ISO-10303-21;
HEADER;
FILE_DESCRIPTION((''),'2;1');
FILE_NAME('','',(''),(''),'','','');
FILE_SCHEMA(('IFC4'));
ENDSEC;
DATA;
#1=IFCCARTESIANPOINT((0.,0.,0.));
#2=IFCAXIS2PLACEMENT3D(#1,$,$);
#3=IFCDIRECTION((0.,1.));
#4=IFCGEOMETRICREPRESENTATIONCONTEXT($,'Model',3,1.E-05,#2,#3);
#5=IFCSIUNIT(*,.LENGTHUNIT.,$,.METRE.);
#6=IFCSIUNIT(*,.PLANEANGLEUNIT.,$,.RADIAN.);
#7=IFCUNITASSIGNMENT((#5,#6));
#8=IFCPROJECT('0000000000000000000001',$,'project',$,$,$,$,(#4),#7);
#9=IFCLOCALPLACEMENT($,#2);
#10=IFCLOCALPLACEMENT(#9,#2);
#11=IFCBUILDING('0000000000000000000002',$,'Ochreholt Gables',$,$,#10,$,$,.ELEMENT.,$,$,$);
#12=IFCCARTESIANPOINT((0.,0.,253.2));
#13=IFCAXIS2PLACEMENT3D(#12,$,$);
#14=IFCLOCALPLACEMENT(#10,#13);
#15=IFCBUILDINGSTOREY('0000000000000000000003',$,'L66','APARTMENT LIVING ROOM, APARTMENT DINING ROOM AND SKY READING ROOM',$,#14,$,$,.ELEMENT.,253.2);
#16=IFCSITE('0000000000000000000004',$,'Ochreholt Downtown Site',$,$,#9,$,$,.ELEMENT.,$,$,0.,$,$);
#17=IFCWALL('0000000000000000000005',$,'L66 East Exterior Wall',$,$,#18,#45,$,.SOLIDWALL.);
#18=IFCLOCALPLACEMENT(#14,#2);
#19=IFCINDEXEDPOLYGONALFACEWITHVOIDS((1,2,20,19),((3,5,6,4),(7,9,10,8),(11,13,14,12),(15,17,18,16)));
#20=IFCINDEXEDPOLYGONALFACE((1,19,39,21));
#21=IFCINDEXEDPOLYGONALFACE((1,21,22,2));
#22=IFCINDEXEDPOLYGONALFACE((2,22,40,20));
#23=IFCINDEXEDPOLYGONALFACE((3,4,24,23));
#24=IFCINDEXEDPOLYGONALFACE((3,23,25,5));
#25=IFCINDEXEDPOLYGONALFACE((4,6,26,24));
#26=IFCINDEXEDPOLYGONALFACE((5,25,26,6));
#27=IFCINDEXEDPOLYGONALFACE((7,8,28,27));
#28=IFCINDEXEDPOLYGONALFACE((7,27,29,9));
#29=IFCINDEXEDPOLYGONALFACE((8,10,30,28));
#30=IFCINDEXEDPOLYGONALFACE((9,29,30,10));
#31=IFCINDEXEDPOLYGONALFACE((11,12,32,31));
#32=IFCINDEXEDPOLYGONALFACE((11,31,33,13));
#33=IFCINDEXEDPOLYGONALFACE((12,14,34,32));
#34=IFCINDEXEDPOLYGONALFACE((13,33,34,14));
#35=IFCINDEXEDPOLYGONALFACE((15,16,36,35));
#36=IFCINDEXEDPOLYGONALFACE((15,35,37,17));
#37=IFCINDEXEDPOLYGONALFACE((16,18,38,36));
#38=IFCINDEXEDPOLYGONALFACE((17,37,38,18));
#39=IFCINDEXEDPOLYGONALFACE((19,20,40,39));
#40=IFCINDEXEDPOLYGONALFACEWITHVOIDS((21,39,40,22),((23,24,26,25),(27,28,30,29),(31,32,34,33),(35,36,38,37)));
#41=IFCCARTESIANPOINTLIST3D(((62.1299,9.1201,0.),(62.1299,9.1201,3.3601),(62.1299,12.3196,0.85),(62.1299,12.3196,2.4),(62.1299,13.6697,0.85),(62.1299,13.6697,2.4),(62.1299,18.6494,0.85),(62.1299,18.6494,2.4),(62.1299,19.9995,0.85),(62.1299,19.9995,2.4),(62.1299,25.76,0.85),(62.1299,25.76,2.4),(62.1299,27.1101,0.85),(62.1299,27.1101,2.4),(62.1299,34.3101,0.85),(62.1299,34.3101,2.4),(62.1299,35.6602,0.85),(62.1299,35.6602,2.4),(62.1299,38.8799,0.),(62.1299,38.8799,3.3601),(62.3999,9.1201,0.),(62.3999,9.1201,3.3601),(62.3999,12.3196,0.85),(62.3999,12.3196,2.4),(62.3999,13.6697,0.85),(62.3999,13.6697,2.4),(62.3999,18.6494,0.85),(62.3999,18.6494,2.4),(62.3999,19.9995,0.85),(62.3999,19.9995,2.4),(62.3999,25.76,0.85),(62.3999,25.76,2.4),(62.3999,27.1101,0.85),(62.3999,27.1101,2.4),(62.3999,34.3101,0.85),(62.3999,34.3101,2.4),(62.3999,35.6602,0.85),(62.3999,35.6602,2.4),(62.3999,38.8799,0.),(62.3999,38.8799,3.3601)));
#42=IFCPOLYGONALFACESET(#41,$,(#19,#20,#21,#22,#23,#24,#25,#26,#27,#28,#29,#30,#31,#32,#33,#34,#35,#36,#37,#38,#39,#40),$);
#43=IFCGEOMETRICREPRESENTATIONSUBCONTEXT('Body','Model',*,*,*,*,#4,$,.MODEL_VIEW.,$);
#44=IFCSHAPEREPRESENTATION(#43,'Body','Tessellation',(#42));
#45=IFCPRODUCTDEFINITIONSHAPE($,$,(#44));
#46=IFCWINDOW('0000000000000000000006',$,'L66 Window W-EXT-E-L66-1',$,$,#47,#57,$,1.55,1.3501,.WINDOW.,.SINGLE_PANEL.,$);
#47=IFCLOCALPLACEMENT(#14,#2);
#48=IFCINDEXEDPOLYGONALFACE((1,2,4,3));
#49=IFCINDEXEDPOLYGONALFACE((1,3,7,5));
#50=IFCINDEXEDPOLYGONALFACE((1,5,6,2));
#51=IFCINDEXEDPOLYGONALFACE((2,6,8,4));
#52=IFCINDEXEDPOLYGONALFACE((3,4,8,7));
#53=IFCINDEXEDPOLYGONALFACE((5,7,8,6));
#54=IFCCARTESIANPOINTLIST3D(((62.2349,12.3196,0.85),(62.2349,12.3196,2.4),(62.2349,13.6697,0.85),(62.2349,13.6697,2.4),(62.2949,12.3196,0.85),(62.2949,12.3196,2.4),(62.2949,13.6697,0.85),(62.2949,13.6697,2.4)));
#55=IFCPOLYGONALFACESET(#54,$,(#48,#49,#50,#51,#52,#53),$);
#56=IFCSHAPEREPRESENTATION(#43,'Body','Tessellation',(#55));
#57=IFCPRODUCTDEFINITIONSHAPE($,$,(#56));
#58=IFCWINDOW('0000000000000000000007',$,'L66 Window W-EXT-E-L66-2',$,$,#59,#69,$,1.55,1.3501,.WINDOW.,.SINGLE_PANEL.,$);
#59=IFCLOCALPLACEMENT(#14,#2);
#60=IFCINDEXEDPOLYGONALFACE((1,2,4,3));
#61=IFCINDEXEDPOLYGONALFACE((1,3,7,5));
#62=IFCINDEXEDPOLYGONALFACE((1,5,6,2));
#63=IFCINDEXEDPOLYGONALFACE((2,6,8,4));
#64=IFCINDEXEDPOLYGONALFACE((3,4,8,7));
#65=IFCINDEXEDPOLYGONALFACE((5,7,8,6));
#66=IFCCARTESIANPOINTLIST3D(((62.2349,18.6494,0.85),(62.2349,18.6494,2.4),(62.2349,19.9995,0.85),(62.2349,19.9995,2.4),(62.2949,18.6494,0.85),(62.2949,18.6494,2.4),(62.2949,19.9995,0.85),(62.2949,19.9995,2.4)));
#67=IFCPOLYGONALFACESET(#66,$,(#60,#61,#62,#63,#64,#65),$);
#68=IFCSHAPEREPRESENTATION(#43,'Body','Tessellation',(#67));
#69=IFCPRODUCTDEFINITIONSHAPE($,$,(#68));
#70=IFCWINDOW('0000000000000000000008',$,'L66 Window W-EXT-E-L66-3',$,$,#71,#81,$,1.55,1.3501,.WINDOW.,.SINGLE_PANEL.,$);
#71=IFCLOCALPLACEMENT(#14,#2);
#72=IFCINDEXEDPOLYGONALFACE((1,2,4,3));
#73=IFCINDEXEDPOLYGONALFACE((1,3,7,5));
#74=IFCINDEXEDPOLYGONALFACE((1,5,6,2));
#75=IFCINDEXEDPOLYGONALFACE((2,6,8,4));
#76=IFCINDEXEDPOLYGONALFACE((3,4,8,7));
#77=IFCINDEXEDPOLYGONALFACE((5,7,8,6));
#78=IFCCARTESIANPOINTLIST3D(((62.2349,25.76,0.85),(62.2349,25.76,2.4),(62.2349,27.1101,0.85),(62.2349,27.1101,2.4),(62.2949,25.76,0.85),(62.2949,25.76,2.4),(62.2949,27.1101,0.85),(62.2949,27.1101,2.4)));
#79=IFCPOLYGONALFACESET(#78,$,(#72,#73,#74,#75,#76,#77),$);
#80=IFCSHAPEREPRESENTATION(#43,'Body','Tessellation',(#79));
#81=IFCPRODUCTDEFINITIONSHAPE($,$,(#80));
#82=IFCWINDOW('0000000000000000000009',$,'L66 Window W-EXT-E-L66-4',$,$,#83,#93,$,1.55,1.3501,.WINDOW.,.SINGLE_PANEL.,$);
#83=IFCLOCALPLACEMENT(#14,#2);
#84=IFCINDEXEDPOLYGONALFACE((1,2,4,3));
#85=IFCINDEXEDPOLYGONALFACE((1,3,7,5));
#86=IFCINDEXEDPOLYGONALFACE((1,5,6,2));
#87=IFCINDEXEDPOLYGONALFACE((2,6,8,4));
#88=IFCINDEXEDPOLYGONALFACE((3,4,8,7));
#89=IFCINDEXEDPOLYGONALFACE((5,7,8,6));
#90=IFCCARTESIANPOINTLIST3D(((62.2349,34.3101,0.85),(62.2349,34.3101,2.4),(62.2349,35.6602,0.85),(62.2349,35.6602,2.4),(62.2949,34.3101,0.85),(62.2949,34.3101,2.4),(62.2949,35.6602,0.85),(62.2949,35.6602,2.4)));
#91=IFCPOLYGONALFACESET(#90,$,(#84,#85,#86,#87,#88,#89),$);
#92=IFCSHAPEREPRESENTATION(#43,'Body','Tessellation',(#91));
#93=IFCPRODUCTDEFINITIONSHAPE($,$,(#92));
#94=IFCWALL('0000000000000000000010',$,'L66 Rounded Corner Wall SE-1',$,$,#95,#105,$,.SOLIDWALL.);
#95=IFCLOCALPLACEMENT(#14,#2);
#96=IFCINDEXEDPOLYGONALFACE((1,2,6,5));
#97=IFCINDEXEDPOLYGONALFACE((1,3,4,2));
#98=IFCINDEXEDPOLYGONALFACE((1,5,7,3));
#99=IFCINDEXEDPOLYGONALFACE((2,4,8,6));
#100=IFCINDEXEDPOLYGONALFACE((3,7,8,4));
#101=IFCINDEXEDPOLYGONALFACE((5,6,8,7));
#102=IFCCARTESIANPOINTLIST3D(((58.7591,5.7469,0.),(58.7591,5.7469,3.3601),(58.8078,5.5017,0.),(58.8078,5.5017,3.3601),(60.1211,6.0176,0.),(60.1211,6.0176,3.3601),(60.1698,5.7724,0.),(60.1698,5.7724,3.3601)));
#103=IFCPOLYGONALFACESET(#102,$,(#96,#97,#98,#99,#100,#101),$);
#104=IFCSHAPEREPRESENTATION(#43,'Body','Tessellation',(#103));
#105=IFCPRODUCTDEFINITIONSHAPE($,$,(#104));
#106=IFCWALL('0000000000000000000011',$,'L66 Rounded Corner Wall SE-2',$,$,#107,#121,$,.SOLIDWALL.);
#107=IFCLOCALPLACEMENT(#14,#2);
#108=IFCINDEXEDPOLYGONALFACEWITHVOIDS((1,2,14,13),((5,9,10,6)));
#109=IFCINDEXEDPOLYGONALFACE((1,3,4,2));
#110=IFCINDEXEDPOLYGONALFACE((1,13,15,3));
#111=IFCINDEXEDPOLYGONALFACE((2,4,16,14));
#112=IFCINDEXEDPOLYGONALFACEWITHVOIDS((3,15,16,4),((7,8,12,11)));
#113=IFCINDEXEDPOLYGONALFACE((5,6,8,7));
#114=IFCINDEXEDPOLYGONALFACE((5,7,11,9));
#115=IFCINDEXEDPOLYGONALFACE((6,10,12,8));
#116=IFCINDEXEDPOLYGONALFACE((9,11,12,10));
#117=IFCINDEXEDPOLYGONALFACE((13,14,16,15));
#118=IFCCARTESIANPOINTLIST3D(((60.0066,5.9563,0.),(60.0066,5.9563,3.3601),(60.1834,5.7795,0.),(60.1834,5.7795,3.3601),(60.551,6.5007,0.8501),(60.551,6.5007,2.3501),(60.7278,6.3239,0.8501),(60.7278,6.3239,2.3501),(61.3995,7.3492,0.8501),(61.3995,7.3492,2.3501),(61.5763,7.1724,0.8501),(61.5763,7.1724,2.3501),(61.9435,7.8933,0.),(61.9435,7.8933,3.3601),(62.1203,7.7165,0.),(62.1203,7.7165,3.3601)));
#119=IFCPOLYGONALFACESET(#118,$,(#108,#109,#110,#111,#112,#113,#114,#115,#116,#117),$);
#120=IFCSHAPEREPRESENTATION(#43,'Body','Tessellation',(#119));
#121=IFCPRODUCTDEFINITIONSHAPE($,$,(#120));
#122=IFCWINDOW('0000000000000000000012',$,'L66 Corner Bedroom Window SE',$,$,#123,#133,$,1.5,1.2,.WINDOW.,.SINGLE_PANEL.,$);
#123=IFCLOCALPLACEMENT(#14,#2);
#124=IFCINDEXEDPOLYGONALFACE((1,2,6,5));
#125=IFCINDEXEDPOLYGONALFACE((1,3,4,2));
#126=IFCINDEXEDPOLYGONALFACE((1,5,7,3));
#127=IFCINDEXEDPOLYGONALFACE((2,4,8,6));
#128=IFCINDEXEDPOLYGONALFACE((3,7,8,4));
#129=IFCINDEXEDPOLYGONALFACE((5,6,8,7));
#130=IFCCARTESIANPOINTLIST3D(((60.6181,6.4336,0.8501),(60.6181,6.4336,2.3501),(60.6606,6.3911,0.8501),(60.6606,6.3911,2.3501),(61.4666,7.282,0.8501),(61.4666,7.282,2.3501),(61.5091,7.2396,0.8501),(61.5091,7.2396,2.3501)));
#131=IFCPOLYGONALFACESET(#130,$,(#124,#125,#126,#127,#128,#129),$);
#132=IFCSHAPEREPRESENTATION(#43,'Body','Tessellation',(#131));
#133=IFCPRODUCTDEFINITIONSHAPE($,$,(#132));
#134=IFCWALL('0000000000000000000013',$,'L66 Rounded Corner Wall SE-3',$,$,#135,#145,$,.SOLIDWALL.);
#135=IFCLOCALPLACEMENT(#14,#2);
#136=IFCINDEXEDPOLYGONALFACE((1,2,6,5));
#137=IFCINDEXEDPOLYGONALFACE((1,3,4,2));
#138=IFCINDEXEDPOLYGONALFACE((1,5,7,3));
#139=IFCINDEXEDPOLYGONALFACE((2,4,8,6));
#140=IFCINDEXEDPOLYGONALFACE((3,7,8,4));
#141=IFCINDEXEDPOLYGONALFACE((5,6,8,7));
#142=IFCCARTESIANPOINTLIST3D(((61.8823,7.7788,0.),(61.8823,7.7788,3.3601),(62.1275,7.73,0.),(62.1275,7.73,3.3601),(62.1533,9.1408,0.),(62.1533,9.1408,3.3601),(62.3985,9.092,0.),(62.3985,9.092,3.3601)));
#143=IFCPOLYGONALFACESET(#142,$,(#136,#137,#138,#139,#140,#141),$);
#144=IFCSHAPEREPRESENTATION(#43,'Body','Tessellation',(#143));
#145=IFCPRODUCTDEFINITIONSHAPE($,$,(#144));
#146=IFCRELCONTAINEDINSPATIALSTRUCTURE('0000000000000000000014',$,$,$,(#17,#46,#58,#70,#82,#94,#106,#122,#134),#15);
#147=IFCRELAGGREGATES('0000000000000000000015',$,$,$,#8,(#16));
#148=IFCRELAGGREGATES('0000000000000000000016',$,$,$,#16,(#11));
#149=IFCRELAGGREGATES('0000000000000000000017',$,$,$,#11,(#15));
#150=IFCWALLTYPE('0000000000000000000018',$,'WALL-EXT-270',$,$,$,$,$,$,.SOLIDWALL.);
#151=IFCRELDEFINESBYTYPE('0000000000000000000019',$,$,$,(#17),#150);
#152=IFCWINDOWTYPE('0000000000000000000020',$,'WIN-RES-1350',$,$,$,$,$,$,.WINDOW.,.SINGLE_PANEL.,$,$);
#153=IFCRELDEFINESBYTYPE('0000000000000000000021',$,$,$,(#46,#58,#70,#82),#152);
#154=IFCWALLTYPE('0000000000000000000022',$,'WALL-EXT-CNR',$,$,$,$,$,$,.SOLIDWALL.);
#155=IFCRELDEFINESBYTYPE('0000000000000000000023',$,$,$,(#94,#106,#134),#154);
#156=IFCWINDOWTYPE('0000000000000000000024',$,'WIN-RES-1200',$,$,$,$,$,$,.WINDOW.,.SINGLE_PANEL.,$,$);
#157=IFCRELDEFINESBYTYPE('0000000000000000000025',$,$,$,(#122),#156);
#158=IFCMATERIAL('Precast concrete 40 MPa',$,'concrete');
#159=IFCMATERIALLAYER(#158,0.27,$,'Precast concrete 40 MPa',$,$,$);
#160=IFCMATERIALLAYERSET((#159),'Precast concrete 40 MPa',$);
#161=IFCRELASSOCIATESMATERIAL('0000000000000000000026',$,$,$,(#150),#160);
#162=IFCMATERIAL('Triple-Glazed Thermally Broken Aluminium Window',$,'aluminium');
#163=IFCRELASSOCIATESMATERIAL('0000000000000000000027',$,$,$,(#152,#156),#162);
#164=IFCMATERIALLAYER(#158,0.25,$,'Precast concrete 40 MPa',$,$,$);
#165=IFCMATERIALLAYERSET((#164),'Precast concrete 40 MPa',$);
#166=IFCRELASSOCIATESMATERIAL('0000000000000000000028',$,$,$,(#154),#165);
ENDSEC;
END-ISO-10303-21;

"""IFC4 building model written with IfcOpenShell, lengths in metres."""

from ifc_helpers import new_model, si_unit, direction, frame, frame_2d, origin, place, context, subcontext, project, spatial, rectangle, extrude, material, layer, layer_set, type_object, element, fill, save


model = new_model("IFC4")

# Units and contexts
model_context = context("Model", 3, precision=1e-05, world=origin(), true_north=direction((0.0, 1.0)))
body_context = subcontext(model_context, "Body", "Model", "MODEL_VIEW")
ifc_project = project(units=[si_unit("LENGTHUNIT", "METRE"), si_unit("PLANEANGLEUNIT", "RADIAN")], contexts=[model_context])

# Site, building, storey
site_placement = place(None, origin())
site = spatial("IfcSite", under=ifc_project, at=site_placement, Name="Ochreholt Downtown Site", CompositionType="ELEMENT", RefElevation=0.0)
building_placement = place(site_placement, origin())
building = spatial("IfcBuilding", under=site, at=building_placement, Name="Ochreholt Gables", CompositionType="ELEMENT")
storey_placement = place(building_placement, frame((0.0, 0.0, 253.2)))
storey = spatial("IfcBuildingStorey", under=building, at=storey_placement, Name="L66", Description="APARTMENT LIVING ROOM, APARTMENT DINING ROOM AND SKY READING ROOM", CompositionType="ELEMENT", Elevation=253.2)

# Wall, openings, windows
ifc_material_1 = material(Name="Precast concrete 40 MPa", Category="concrete")
ifc_layer_1 = layer(ifc_material_1, 0.27, Name="Precast concrete 40 MPa")
ifc_layer_set_1 = layer_set([ifc_layer_1], Name="Precast concrete 40 MPa")
wall_type_1 = type_object("IfcWallType", Name="WALL-EXT-270", PredefinedType="SOLIDWALL", material=ifc_layer_set_1)
wall_1_placement = place(storey_placement, frame((62.2649, 9.1201, 0.0), z_axis=(0.0, 0.0, 1.0), x_axis=(0.0, 1.0, 0.0)))
wall_1 = element("IfcWall", 1, at=wall_1_placement, inside=storey, type_object=wall_type_1, Name="L66 East Exterior Wall", PredefinedType="SOLIDWALL", context=body_context, shape_type="SweptSolid", body=[
    extrude(rectangle(XDim=29.7598, YDim=0.27, at=frame_2d((14.8799, 0.0))), origin(), (0.0, 0.0, 1.0), 3.3601),
])
opening_1_placement = place(wall_1_placement, frame((3.1995, 0.0, 0.8501)))
opening_1 = element("IfcOpeningElement", 2, at=opening_1_placement, cuts=wall_1, PredefinedType="OPENING", context=body_context, shape_type="SweptSolid", body=[
    extrude(rectangle(XDim=1.3501, YDim=1.55, at=frame_2d((0.675, 0.7749))), frame((0.0, 0.145, 0.0), z_axis=(0.0, -1.0, 0.0), x_axis=(1.0, 0.0, 0.0)), (0.0, 0.0, 1.0), 0.29),
])
opening_2_placement = place(wall_1_placement, frame((9.5293, 0.0, 0.8501)))
opening_2 = element("IfcOpeningElement", 3, at=opening_2_placement, cuts=wall_1, PredefinedType="OPENING", context=body_context, shape_type="SweptSolid", body=[
    extrude(rectangle(XDim=1.3501, YDim=1.55, at=frame_2d((0.675, 0.7749))), frame((0.0, 0.145, 0.0), z_axis=(0.0, -1.0, 0.0), x_axis=(1.0, 0.0, 0.0)), (0.0, 0.0, 1.0), 0.29),
])
opening_3_placement = place(wall_1_placement, frame((16.6399, 0.0, 0.8501)))
opening_3 = element("IfcOpeningElement", 4, at=opening_3_placement, cuts=wall_1, PredefinedType="OPENING", context=body_context, shape_type="SweptSolid", body=[
    extrude(rectangle(XDim=1.3501, YDim=1.55, at=frame_2d((0.675, 0.7749))), frame((0.0, 0.145, 0.0), z_axis=(0.0, -1.0, 0.0), x_axis=(1.0, 0.0, 0.0)), (0.0, 0.0, 1.0), 0.29),
])
opening_4_placement = place(wall_1_placement, frame((25.1899, 0.0, 0.8501)))
opening_4 = element("IfcOpeningElement", 5, at=opening_4_placement, cuts=wall_1, PredefinedType="OPENING", context=body_context, shape_type="SweptSolid", body=[
    extrude(rectangle(XDim=1.3501, YDim=1.55, at=frame_2d((0.675, 0.7749))), frame((0.0, 0.145, 0.0), z_axis=(0.0, -1.0, 0.0), x_axis=(1.0, 0.0, 0.0)), (0.0, 0.0, 1.0), 0.29),
])
ifc_material_2 = material(Name="Triple-Glazed Thermally Broken Aluminium Window", Category="aluminium")
window_type_1 = type_object("IfcWindowType", Name="WIN-RES-1350", PartitioningType="SINGLE_PANEL", PredefinedType="WINDOW", material=ifc_material_2)
window_1_placement = place(opening_1_placement, origin())
window_1 = element("IfcWindow", 6, at=window_1_placement, inside=storey, type_object=window_type_1, Name="L66 Window W-EXT-E-L66-1", OverallHeight=1.55, OverallWidth=1.3501, PartitioningType="SINGLE_PANEL", PredefinedType="WINDOW", context=body_context, shape_type="SweptSolid", body=[
    extrude(rectangle(XDim=1.3501, YDim=1.55, at=frame_2d((0.675, 0.7749))), frame((0.0, 0.03, 0.0), z_axis=(0.0, -1.0, 0.0), x_axis=(1.0, 0.0, 0.0)), (0.0, 0.0, 1.0), 0.0601),
])
fill(opening_1, window_1)
window_2_placement = place(opening_2_placement, origin())
window_2 = element("IfcWindow", 7, at=window_2_placement, inside=storey, type_object=window_type_1, Name="L66 Window W-EXT-E-L66-2", OverallHeight=1.55, OverallWidth=1.3501, PartitioningType="SINGLE_PANEL", PredefinedType="WINDOW", context=body_context, shape_type="SweptSolid", body=[
    extrude(rectangle(XDim=1.3501, YDim=1.55, at=frame_2d((0.675, 0.7749))), frame((0.0, 0.03, 0.0), z_axis=(0.0, -1.0, 0.0), x_axis=(1.0, 0.0, 0.0)), (0.0, 0.0, 1.0), 0.0601),
])
fill(opening_2, window_2)
window_3_placement = place(opening_3_placement, origin())
window_3 = element("IfcWindow", 8, at=window_3_placement, inside=storey, type_object=window_type_1, Name="L66 Window W-EXT-E-L66-3", OverallHeight=1.55, OverallWidth=1.3501, PartitioningType="SINGLE_PANEL", PredefinedType="WINDOW", context=body_context, shape_type="SweptSolid", body=[
    extrude(rectangle(XDim=1.3501, YDim=1.55, at=frame_2d((0.675, 0.7749))), frame((0.0, 0.03, 0.0), z_axis=(0.0, -1.0, 0.0), x_axis=(1.0, 0.0, 0.0)), (0.0, 0.0, 1.0), 0.0601),
])
fill(opening_3, window_3)
window_4_placement = place(opening_4_placement, origin())
window_4 = element("IfcWindow", 9, at=window_4_placement, inside=storey, type_object=window_type_1, Name="L66 Window W-EXT-E-L66-4", OverallHeight=1.55, OverallWidth=1.3501, PartitioningType="SINGLE_PANEL", PredefinedType="WINDOW", context=body_context, shape_type="SweptSolid", body=[
    extrude(rectangle(XDim=1.3501, YDim=1.55, at=frame_2d((0.675, 0.7749))), frame((0.0, 0.03, 0.0), z_axis=(0.0, -1.0, 0.0), x_axis=(1.0, 0.0, 0.0)), (0.0, 0.0, 1.0), 0.0601),
])
fill(opening_4, window_4)

# Wall
ifc_layer_2 = layer(ifc_material_1, 0.25, Name="Precast concrete 40 MPa")
ifc_layer_set_2 = layer_set([ifc_layer_2], Name="Precast concrete 40 MPa")
wall_type_2 = type_object("IfcWallType", Name="WALL-EXT-CNR", PredefinedType="SOLIDWALL", material=ifc_layer_set_2)
wall_2_placement = place(storey_placement, frame((58.7834, 5.6243, 0.0), z_axis=(0.0, 0.0, 1.0), x_axis=(0.98081, 0.194967, 0.0)))
element("IfcWall", 10, at=wall_2_placement, inside=storey, type_object=wall_type_2, Name="L66 Rounded Corner Wall SE-1", PredefinedType="SOLIDWALL", context=body_context, shape_type="SweptSolid", body=[
    extrude(rectangle(XDim=1.3887, YDim=0.25, at=frame_2d((0.6943, 0.0))), origin(), (0.0, 0.0, 1.0), 3.3601),
])

# Wall, opening, window
wall_3_placement = place(storey_placement, frame((60.095, 5.8679, 0.0), z_axis=(0.0, 0.0, 1.0), x_axis=(0.707107, 0.707107, 0.0)))
wall_3 = element("IfcWall", 11, at=wall_3_placement, inside=storey, type_object=wall_type_2, Name="L66 Rounded Corner Wall SE-2", PredefinedType="SOLIDWALL", context=body_context, shape_type="SweptSolid", body=[
    extrude(rectangle(XDim=2.7393, YDim=0.25, at=frame_2d((1.3696, 0.0))), origin(), (0.0, 0.0, 1.0), 3.3601),
])
opening_5_placement = place(wall_3_placement, frame((0.7698, 0.0, 0.8501)))
opening_5 = element("IfcOpeningElement", 12, at=opening_5_placement, cuts=wall_3, PredefinedType="OPENING", context=body_context, shape_type="SweptSolid", body=[
    extrude(rectangle(XDim=1.2, YDim=1.5, at=frame_2d((0.6001, 0.75))), frame((0.0, 0.135, 0.0), z_axis=(0.0, -1.0, 0.0), x_axis=(1.0, 0.0, 0.0)), (0.0, 0.0, 1.0), 0.27),
])
window_type_2 = type_object("IfcWindowType", Name="WIN-RES-1200", PartitioningType="SINGLE_PANEL", PredefinedType="WINDOW", material=ifc_material_2)
window_5_placement = place(opening_5_placement, origin())
window_5 = element("IfcWindow", 13, at=window_5_placement, inside=storey, type_object=window_type_2, Name="L66 Corner Bedroom Window SE", OverallHeight=1.5, OverallWidth=1.2, PartitioningType="SINGLE_PANEL", PredefinedType="WINDOW", context=body_context, shape_type="SweptSolid", body=[
    extrude(rectangle(XDim=1.2, YDim=1.5, at=frame_2d((0.6001, 0.75))), frame((0.0, 0.03, 0.0), z_axis=(0.0, -1.0, 0.0), x_axis=(1.0, 0.0, 0.0)), (0.0, 0.0, 1.0), 0.0601),
])
fill(opening_5, window_5)

# Wall
wall_4_placement = place(storey_placement, frame((62.0049, 7.7544, 0.0), z_axis=(0.0, 0.0, 1.0), x_axis=(0.195136, 0.980776, 0.0)))
element("IfcWall", 14, at=wall_4_placement, inside=storey, type_object=wall_type_2, Name="L66 Rounded Corner Wall SE-3", PredefinedType="SOLIDWALL", context=body_context, shape_type="SweptSolid", body=[
    extrude(rectangle(XDim=1.3887, YDim=0.25, at=frame_2d((0.6943, 0.0))), origin(), (0.0, 0.0, 1.0), 3.3601),
])

save(model, "model.ifc")
